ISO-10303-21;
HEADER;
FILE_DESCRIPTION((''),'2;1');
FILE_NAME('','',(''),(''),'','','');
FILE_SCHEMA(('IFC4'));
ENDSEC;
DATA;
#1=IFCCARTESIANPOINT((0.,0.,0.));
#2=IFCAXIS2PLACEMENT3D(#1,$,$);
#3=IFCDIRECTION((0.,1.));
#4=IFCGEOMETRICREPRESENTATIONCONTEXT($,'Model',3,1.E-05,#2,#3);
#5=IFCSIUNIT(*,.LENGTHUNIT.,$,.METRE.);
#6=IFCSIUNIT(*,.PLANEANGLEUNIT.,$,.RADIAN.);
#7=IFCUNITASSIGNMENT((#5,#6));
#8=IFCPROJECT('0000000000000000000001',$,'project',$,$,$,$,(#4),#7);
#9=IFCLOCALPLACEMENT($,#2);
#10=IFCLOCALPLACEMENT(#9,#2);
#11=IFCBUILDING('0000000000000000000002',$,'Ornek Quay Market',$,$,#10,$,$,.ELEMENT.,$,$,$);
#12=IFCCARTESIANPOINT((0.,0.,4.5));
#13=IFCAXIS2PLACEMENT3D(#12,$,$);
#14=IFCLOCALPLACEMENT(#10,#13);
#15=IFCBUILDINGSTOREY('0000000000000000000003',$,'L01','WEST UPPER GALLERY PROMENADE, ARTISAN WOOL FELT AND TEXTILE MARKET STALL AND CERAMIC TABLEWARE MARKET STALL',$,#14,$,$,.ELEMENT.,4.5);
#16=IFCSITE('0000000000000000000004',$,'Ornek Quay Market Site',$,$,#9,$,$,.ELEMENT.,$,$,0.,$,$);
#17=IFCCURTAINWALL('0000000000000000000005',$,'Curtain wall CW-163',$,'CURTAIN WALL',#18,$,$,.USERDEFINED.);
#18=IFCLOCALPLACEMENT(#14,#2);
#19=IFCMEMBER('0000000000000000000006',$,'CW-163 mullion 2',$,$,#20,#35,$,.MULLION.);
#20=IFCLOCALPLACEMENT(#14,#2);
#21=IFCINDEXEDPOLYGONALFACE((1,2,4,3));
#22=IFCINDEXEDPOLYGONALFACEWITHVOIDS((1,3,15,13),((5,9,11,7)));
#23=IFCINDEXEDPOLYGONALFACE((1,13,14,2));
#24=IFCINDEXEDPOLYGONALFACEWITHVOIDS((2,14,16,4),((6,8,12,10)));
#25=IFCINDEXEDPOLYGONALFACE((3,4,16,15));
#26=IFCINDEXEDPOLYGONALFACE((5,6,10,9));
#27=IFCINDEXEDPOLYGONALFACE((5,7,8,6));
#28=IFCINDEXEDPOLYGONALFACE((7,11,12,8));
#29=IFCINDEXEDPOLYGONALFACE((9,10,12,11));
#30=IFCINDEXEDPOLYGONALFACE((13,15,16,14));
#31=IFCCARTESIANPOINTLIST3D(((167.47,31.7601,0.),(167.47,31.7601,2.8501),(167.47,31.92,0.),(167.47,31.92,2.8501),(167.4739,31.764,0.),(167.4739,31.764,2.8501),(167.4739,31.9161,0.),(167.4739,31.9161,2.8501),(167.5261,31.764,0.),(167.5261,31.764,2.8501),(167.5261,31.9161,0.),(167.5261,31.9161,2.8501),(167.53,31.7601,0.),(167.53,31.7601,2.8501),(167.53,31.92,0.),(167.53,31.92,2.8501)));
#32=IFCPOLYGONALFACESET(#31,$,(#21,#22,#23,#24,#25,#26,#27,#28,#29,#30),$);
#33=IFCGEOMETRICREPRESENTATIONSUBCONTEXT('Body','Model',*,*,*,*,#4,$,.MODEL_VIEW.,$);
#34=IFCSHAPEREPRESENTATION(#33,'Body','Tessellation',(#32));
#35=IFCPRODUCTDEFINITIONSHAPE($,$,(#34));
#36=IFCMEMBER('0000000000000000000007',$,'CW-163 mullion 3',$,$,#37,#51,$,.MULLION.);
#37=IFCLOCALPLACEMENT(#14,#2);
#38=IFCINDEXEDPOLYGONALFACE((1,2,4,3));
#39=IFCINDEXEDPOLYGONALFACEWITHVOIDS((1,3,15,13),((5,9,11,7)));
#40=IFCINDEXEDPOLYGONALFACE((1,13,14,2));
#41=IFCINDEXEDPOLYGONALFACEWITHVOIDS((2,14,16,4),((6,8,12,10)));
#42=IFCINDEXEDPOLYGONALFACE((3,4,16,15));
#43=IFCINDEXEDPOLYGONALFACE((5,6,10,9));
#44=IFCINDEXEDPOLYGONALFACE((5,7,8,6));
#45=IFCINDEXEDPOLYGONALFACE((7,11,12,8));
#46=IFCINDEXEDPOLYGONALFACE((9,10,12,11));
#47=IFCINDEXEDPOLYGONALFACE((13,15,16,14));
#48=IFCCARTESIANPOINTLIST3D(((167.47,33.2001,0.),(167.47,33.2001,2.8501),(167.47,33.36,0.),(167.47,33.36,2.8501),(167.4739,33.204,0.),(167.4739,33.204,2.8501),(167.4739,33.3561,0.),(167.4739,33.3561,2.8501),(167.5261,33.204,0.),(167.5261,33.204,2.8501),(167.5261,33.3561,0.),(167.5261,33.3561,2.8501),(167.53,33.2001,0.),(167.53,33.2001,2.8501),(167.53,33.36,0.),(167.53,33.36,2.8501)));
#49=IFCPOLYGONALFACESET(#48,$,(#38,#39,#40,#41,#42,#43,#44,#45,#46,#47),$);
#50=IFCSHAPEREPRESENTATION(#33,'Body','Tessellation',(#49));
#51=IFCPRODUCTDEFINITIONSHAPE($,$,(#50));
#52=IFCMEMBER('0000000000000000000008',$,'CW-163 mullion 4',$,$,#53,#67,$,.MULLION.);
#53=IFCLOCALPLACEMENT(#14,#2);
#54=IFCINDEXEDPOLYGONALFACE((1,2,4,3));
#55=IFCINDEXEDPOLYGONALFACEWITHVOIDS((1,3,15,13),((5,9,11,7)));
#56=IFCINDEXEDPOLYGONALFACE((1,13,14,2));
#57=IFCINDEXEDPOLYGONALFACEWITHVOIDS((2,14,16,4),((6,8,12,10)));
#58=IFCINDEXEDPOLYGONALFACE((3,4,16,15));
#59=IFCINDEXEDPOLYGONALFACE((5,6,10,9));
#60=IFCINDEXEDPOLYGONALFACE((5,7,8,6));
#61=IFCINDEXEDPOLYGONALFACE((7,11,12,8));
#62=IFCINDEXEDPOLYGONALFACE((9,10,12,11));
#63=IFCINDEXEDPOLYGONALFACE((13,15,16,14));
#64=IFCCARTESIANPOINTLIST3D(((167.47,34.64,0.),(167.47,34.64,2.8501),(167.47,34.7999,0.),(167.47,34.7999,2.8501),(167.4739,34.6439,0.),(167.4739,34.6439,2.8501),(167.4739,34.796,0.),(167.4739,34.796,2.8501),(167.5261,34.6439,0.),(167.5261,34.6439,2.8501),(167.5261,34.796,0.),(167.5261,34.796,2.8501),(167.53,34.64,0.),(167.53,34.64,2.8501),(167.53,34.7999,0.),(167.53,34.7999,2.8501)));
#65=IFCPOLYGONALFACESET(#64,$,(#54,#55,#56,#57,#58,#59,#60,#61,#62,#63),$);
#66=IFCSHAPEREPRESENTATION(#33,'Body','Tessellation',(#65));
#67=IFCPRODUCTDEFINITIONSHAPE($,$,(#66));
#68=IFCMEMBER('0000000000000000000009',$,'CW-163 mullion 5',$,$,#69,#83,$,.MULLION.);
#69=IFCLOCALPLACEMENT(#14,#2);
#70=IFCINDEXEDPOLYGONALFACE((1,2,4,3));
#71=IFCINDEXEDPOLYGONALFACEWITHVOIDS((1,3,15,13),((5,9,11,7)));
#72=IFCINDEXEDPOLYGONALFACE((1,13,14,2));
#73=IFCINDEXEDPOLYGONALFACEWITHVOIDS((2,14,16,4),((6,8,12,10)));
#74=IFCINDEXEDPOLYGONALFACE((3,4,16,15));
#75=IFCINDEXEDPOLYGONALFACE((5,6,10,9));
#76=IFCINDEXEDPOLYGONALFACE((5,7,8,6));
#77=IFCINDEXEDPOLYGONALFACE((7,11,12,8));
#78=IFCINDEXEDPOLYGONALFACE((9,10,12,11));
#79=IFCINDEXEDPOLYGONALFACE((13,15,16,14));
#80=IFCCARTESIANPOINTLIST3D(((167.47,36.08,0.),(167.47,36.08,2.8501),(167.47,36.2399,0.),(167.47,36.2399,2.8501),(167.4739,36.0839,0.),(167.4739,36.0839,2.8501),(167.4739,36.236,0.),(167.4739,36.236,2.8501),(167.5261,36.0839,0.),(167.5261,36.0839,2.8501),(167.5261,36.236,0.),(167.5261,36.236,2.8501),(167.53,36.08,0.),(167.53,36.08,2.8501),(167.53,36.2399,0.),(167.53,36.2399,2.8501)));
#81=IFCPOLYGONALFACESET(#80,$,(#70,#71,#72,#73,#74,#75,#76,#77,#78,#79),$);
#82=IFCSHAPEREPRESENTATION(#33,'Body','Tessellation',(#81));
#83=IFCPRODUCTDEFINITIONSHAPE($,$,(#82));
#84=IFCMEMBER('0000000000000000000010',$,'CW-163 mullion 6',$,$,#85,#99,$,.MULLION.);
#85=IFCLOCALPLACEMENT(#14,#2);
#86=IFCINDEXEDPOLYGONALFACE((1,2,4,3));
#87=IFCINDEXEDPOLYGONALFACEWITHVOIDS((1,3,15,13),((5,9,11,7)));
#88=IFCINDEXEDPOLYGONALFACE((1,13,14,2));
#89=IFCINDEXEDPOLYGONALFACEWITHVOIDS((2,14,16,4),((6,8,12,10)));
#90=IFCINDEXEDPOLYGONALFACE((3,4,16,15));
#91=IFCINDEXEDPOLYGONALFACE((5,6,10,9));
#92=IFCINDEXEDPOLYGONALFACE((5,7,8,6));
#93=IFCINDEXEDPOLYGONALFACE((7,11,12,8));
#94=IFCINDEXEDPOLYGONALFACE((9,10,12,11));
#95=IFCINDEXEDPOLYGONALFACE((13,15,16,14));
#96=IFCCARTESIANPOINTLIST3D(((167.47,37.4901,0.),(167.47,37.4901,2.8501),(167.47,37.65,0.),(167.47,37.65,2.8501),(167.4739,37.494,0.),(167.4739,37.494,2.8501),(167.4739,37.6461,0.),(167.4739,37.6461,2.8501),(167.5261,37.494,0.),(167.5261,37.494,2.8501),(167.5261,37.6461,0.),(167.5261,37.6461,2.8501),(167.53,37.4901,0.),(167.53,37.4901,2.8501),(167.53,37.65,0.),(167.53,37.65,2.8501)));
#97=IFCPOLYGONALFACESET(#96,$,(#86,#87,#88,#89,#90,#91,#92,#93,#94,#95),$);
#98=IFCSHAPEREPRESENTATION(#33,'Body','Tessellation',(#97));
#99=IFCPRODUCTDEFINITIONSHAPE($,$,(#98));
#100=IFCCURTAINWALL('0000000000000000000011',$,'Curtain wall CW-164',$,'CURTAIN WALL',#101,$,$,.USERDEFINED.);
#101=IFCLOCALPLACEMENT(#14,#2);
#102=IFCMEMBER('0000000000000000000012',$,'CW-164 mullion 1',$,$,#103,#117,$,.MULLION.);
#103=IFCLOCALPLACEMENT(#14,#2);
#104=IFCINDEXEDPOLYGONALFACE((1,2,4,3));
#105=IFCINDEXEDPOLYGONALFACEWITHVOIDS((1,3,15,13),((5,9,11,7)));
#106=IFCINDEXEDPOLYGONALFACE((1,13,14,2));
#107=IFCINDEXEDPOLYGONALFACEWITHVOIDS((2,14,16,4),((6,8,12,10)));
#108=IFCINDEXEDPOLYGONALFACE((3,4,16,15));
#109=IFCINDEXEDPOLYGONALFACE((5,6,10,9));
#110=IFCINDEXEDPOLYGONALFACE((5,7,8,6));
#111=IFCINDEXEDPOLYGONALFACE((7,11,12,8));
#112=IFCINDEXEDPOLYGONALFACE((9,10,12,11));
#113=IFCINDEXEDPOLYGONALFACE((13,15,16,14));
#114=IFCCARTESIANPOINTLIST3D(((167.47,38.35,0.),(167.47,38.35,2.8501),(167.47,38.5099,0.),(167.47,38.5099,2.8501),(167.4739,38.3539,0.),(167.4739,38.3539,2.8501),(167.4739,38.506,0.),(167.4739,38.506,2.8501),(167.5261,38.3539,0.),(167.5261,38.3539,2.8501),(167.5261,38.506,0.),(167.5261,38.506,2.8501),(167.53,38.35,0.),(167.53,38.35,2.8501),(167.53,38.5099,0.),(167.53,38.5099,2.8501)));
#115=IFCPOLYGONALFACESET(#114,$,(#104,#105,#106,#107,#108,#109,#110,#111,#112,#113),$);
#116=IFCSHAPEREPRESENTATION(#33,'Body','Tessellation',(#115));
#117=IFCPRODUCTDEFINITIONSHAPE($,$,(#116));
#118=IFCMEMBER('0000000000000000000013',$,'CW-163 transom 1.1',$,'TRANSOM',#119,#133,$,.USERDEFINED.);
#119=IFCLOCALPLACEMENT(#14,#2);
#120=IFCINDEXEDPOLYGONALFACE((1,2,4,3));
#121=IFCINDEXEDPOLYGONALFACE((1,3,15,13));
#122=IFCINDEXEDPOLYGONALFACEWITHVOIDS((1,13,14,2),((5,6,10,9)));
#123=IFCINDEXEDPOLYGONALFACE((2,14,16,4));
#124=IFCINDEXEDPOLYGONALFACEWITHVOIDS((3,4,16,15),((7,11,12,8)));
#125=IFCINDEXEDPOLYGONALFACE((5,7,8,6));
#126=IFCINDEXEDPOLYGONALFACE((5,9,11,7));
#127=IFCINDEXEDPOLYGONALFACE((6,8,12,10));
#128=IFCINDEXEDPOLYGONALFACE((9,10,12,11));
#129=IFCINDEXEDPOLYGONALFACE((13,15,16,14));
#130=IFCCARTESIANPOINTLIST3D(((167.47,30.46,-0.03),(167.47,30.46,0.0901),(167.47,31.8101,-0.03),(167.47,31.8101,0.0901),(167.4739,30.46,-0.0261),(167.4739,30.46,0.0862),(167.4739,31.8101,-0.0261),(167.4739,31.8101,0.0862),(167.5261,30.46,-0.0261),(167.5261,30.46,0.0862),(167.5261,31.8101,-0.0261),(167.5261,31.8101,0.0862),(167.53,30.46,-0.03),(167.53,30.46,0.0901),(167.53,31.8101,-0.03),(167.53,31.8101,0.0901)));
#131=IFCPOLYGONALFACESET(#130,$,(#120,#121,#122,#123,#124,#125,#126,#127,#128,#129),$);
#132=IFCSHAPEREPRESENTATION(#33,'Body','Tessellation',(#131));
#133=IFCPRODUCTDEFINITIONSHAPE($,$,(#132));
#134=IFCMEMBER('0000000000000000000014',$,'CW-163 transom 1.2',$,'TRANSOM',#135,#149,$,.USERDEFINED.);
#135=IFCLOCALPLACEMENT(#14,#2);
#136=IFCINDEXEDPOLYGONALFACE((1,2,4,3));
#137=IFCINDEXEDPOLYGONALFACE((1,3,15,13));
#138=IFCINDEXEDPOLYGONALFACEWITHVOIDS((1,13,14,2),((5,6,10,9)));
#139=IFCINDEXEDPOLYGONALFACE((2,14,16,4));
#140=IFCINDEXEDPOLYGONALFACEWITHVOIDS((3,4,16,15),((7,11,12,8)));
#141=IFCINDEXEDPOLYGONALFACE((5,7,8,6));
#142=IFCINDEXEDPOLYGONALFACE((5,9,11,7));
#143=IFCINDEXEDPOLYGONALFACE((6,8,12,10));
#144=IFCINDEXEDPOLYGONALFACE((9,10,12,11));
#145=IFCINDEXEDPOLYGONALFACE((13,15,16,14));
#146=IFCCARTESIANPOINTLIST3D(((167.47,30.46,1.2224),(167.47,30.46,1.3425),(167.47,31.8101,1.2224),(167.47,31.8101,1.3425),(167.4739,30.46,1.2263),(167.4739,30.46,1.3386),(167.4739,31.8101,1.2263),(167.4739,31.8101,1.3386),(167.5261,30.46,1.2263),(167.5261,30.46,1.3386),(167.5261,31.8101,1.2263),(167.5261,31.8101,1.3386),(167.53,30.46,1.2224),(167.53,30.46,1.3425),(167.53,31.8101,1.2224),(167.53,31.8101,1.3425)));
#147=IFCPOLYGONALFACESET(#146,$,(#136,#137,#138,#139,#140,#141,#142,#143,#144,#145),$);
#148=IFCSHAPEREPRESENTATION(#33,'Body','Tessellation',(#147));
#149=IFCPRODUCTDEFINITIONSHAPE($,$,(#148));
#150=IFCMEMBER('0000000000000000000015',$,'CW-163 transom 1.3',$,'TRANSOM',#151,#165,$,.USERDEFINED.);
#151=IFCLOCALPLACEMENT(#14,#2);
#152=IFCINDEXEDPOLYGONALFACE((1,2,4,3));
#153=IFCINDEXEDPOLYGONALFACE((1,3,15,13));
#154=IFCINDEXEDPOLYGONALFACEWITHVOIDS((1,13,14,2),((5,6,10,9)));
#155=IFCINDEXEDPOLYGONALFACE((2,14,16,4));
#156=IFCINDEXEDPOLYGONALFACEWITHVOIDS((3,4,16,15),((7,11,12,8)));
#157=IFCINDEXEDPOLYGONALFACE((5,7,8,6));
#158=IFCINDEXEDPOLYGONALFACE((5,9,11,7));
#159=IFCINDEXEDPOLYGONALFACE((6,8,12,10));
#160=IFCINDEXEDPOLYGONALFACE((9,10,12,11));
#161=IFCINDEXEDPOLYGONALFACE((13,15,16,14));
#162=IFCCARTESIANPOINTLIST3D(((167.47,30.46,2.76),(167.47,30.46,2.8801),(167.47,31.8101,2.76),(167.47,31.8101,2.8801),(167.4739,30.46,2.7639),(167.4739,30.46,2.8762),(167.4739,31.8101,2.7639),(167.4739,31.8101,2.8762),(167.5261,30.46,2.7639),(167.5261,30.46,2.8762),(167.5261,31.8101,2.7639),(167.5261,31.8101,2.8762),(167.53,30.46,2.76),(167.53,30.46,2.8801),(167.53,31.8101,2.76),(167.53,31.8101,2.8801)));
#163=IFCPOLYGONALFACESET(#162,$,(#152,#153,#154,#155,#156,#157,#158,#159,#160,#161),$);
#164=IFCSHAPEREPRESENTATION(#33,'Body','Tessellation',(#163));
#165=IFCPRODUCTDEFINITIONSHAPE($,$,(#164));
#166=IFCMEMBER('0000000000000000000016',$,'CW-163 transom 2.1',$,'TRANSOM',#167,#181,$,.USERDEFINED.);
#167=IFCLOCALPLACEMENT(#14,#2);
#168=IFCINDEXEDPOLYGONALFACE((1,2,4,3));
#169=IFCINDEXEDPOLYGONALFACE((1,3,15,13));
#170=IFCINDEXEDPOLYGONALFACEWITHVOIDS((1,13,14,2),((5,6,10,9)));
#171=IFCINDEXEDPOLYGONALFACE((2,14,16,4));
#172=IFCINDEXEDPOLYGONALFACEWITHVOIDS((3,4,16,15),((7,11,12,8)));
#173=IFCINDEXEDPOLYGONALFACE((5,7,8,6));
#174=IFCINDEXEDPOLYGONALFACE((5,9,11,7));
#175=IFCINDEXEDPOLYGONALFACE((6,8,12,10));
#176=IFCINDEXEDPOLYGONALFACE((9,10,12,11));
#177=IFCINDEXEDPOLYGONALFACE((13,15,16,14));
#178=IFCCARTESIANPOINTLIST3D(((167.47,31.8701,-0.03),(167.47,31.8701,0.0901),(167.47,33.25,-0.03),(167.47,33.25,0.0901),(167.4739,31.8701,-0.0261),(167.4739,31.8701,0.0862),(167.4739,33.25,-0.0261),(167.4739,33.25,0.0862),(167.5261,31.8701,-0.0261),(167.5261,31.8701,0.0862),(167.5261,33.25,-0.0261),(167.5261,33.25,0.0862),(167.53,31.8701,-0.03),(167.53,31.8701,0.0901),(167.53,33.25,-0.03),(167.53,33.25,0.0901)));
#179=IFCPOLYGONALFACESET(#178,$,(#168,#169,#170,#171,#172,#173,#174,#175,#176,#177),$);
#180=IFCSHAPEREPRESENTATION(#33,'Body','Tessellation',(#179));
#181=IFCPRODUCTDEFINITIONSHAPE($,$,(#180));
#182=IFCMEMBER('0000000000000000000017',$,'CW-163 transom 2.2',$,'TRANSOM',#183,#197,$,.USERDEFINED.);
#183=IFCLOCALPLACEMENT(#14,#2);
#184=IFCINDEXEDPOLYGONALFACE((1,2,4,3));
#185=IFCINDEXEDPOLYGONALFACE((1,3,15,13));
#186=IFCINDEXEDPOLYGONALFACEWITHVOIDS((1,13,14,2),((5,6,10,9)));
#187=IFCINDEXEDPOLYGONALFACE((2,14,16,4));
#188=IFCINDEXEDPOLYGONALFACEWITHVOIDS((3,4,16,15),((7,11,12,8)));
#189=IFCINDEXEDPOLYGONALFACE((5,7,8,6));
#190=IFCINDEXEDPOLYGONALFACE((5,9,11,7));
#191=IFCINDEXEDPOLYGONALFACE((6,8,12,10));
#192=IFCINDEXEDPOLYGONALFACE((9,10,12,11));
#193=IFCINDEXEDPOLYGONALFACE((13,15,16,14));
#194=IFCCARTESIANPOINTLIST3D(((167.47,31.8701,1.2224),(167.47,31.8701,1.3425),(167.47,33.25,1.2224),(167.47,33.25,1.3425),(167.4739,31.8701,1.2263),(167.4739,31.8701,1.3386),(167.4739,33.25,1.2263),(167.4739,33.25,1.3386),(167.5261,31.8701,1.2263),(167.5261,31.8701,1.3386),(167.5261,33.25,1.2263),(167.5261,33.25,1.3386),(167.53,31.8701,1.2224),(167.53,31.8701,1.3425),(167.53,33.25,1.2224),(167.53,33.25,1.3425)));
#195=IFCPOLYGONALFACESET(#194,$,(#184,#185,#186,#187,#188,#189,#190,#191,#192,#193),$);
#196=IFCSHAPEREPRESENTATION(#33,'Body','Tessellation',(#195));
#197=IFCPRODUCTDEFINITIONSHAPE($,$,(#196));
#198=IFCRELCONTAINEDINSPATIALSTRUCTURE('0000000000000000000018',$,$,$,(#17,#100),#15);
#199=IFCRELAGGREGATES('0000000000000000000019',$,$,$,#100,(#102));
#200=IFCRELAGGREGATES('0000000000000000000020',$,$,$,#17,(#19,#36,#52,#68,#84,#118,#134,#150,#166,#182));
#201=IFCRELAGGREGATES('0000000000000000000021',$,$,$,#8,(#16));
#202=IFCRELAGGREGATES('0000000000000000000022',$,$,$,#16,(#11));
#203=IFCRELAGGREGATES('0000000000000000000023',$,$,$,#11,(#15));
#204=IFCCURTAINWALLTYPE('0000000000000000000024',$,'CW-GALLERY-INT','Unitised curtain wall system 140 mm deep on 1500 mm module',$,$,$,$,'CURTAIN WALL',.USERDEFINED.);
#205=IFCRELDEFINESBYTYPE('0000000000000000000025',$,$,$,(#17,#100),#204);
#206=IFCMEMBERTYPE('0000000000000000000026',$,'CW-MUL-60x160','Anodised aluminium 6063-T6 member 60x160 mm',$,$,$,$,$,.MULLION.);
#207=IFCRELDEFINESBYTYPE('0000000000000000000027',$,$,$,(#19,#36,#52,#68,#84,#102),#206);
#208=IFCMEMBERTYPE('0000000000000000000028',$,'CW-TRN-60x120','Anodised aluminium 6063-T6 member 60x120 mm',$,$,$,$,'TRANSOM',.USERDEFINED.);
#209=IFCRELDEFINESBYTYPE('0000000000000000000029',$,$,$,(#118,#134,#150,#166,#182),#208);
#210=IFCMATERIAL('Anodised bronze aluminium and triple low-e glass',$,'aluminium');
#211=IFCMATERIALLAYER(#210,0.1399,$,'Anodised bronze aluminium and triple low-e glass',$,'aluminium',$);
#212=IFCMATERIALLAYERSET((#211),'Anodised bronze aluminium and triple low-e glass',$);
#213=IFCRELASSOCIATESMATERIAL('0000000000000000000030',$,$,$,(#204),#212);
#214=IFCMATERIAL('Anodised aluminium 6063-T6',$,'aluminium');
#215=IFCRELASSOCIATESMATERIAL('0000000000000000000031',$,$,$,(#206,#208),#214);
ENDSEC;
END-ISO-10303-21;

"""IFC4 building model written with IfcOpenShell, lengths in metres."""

from ifc_helpers import new_model, si_unit, direction, frame, origin, origin_2d, place, context, subcontext, project, spatial, hollow_rectangle, extrude, material, layer, layer_set, material_profile, profile_set, type_object, element, aggregate, save


model = new_model("IFC4")

# Units and contexts
model_context = context("Model", 3, precision=1e-05, world=origin(), true_north=direction((0.0, 1.0)))
body_context = subcontext(model_context, "Body", "Model", "MODEL_VIEW")
ifc_project = project(units=[si_unit("LENGTHUNIT", "METRE"), si_unit("PLANEANGLEUNIT", "RADIAN")], contexts=[model_context])

# Site, building, storey
site_placement = place(None, origin())
site = spatial("IfcSite", under=ifc_project, at=site_placement, Name="Ornek Quay Market Site", CompositionType="ELEMENT", RefElevation=0.0)
building_placement = place(site_placement, origin())
building = spatial("IfcBuilding", under=site, at=building_placement, Name="Ornek Quay Market", CompositionType="ELEMENT")
storey_placement = place(building_placement, frame((0.0, 0.0, 4.5)))
storey = spatial("IfcBuildingStorey", under=building, at=storey_placement, Name="L01", Description="WEST UPPER GALLERY PROMENADE, ARTISAN WOOL FELT AND TEXTILE MARKET STALL AND CERAMIC TABLEWARE MARKET STALL", CompositionType="ELEMENT", Elevation=4.5)

# Curtain wall, members
ifc_material_1 = material(Name="Anodised bronze aluminium and triple low-e glass", Category="aluminium")
ifc_layer_1 = layer(ifc_material_1, 0.1399, Name="Anodised bronze aluminium and triple low-e glass", Category="aluminium")
ifc_layer_set_1 = layer_set([ifc_layer_1], Name="Anodised bronze aluminium and triple low-e glass")
curtain_wall_type = type_object("IfcCurtainWallType", Name="CW-GALLERY-INT", Description="Unitised curtain wall system 140 mm deep on 1500 mm module", ElementType="CURTAIN WALL", PredefinedType="USERDEFINED", material=ifc_layer_set_1)
curtain_wall_1_placement = place(storey_placement, origin())
curtain_wall_1 = element("IfcCurtainWall", 1, at=curtain_wall_1_placement, inside=storey, type_object=curtain_wall_type, Name="Curtain wall CW-163", ObjectType="CURTAIN WALL", PredefinedType="USERDEFINED")
ifc_material_2 = material(Name="Anodised aluminium 6063-T6", Category="aluminium")
ifc_material_profile_1 = material_profile(ifc_material_2, hollow_rectangle(XDim=0.0601, YDim=0.1599, WallThickness=0.0039, at=origin_2d()), Name="CW-MUL-60x160", Category="aluminium")
ifc_profile_set_1 = profile_set([ifc_material_profile_1], Name="Anodised aluminium 6063-T6")
member_type_1 = type_object("IfcMemberType", Name="CW-MUL-60x160", Description="Anodised aluminium 6063-T6 member 60x160 mm", PredefinedType="MULLION", material=ifc_profile_set_1)
member_1_placement = place(storey_placement, frame((167.5, 31.8401, 0.0), z_axis=(0.0, 0.0, 1.0), x_axis=(-1.0, 0.0, 0.0)))
member_1 = element("IfcMember", 2, at=member_1_placement, type_object=member_type_1, Name="CW-163 mullion 2", PredefinedType="MULLION", context=body_context, shape_type="SweptSolid", body=[
    extrude(hollow_rectangle(XDim=0.0601, YDim=0.1599, WallThickness=0.0039, at=origin_2d()), origin(), (0.0, 0.0, 1.0), 2.8501),
])
member_2_placement = place(storey_placement, frame((167.5, 33.28, 0.0), z_axis=(0.0, 0.0, 1.0), x_axis=(-1.0, 0.0, 0.0)))
member_2 = element("IfcMember", 3, at=member_2_placement, type_object=member_type_1, Name="CW-163 mullion 3", PredefinedType="MULLION", context=body_context, shape_type="SweptSolid", body=[
    extrude(hollow_rectangle(XDim=0.0601, YDim=0.1599, WallThickness=0.0039, at=origin_2d()), origin(), (0.0, 0.0, 1.0), 2.8501),
])
member_3_placement = place(storey_placement, frame((167.5, 34.72, 0.0), z_axis=(0.0, 0.0, 1.0), x_axis=(-1.0, 0.0, 0.0)))
member_3 = element("IfcMember", 4, at=member_3_placement, type_object=member_type_1, Name="CW-163 mullion 4", PredefinedType="MULLION", context=body_context, shape_type="SweptSolid", body=[
    extrude(hollow_rectangle(XDim=0.0601, YDim=0.1599, WallThickness=0.0039, at=origin_2d()), origin(), (0.0, 0.0, 1.0), 2.8501),
])
member_4_placement = place(storey_placement, frame((167.5, 36.1599, 0.0), z_axis=(0.0, 0.0, 1.0), x_axis=(-1.0, 0.0, 0.0)))
member_4 = element("IfcMember", 5, at=member_4_placement, type_object=member_type_1, Name="CW-163 mullion 5", PredefinedType="MULLION", context=body_context, shape_type="SweptSolid", body=[
    extrude(hollow_rectangle(XDim=0.0601, YDim=0.1599, WallThickness=0.0039, at=origin_2d()), origin(), (0.0, 0.0, 1.0), 2.8501),
])
member_5_placement = place(storey_placement, frame((167.5, 37.5701, 0.0), z_axis=(0.0, 0.0, 1.0), x_axis=(-1.0, 0.0, 0.0)))
member_5 = element("IfcMember", 6, at=member_5_placement, type_object=member_type_1, Name="CW-163 mullion 6", PredefinedType="MULLION", context=body_context, shape_type="SweptSolid", body=[
    extrude(hollow_rectangle(XDim=0.0601, YDim=0.1599, WallThickness=0.0039, at=origin_2d()), origin(), (0.0, 0.0, 1.0), 2.8501),
])

# Curtain wall, member
curtain_wall_2_placement = place(storey_placement, origin())
curtain_wall_2 = element("IfcCurtainWall", 7, at=curtain_wall_2_placement, inside=storey, type_object=curtain_wall_type, Name="Curtain wall CW-164", ObjectType="CURTAIN WALL", PredefinedType="USERDEFINED")
member_6_placement = place(storey_placement, frame((167.5, 38.4299, 0.0), z_axis=(0.0, 0.0, 1.0), x_axis=(-1.0, 0.0, 0.0)))
member_6 = element("IfcMember", 8, at=member_6_placement, type_object=member_type_1, Name="CW-164 mullion 1", PredefinedType="MULLION", context=body_context, shape_type="SweptSolid", body=[
    extrude(hollow_rectangle(XDim=0.0601, YDim=0.1599, WallThickness=0.0039, at=origin_2d()), origin(), (0.0, 0.0, 1.0), 2.8501),
])

# Members
ifc_material_profile_2 = material_profile(ifc_material_2, hollow_rectangle(XDim=0.0601, YDim=0.1201, WallThickness=0.0039, at=origin_2d()), Name="CW-TRN-60x120", Category="aluminium")
ifc_profile_set_2 = profile_set([ifc_material_profile_2], Name="Anodised aluminium 6063-T6")
member_type_2 = type_object("IfcMemberType", Name="CW-TRN-60x120", Description="Anodised aluminium 6063-T6 member 60x120 mm", ElementType="TRANSOM", PredefinedType="USERDEFINED", material=ifc_profile_set_2)
member_7_placement = place(storey_placement, frame((167.5, 30.46, 0.03), z_axis=(0.0, 1.0, 0.0), x_axis=(-1.0, 0.0, 0.0)))
member_7 = element("IfcMember", 9, at=member_7_placement, type_object=member_type_2, Name="CW-163 transom 1.1", ObjectType="TRANSOM", PredefinedType="USERDEFINED", context=body_context, shape_type="SweptSolid", body=[
    extrude(hollow_rectangle(XDim=0.0601, YDim=0.1201, WallThickness=0.0039, at=origin_2d()), origin(), (0.0, 0.0, 1.0), 1.3501),
])
member_8_placement = place(storey_placement, frame((167.5, 30.46, 1.2825), z_axis=(0.0, 1.0, 0.0), x_axis=(-1.0, 0.0, 0.0)))
member_8 = element("IfcMember", 10, at=member_8_placement, type_object=member_type_2, Name="CW-163 transom 1.2", ObjectType="TRANSOM", PredefinedType="USERDEFINED", context=body_context, shape_type="SweptSolid", body=[
    extrude(hollow_rectangle(XDim=0.0601, YDim=0.1201, WallThickness=0.0039, at=origin_2d()), origin(), (0.0, 0.0, 1.0), 1.3501),
])
member_9_placement = place(storey_placement, frame((167.5, 30.46, 2.8201), z_axis=(0.0, 1.0, 0.0), x_axis=(-1.0, 0.0, 0.0)))
member_9 = element("IfcMember", 11, at=member_9_placement, type_object=member_type_2, Name="CW-163 transom 1.3", ObjectType="TRANSOM", PredefinedType="USERDEFINED", context=body_context, shape_type="SweptSolid", body=[
    extrude(hollow_rectangle(XDim=0.0601, YDim=0.1201, WallThickness=0.0039, at=origin_2d()), origin(), (0.0, 0.0, 1.0), 1.3501),
])
member_10_placement = place(storey_placement, frame((167.5, 31.8701, 0.03), z_axis=(0.0, 1.0, 0.0), x_axis=(-1.0, 0.0, 0.0)))
member_10 = element("IfcMember", 12, at=member_10_placement, type_object=member_type_2, Name="CW-163 transom 2.1", ObjectType="TRANSOM", PredefinedType="USERDEFINED", context=body_context, shape_type="SweptSolid", body=[
    extrude(hollow_rectangle(XDim=0.0601, YDim=0.1201, WallThickness=0.0039, at=origin_2d()), origin(), (0.0, 0.0, 1.0), 1.3799),
])
member_11_placement = place(storey_placement, frame((167.5, 31.8701, 1.2825), z_axis=(0.0, 1.0, 0.0), x_axis=(-1.0, 0.0, 0.0)))
member_11 = element("IfcMember", 13, at=member_11_placement, type_object=member_type_2, Name="CW-163 transom 2.2", ObjectType="TRANSOM", PredefinedType="USERDEFINED", context=body_context, shape_type="SweptSolid", body=[
    extrude(hollow_rectangle(XDim=0.0601, YDim=0.1201, WallThickness=0.0039, at=origin_2d()), origin(), (0.0, 0.0, 1.0), 1.3799),
])
aggregate(curtain_wall_2, [member_6])

aggregate(curtain_wall_1, [member_1, member_2, member_3, member_4, member_5, member_7, member_8, member_9, member_10, member_11])

save(model, "model.ifc")
